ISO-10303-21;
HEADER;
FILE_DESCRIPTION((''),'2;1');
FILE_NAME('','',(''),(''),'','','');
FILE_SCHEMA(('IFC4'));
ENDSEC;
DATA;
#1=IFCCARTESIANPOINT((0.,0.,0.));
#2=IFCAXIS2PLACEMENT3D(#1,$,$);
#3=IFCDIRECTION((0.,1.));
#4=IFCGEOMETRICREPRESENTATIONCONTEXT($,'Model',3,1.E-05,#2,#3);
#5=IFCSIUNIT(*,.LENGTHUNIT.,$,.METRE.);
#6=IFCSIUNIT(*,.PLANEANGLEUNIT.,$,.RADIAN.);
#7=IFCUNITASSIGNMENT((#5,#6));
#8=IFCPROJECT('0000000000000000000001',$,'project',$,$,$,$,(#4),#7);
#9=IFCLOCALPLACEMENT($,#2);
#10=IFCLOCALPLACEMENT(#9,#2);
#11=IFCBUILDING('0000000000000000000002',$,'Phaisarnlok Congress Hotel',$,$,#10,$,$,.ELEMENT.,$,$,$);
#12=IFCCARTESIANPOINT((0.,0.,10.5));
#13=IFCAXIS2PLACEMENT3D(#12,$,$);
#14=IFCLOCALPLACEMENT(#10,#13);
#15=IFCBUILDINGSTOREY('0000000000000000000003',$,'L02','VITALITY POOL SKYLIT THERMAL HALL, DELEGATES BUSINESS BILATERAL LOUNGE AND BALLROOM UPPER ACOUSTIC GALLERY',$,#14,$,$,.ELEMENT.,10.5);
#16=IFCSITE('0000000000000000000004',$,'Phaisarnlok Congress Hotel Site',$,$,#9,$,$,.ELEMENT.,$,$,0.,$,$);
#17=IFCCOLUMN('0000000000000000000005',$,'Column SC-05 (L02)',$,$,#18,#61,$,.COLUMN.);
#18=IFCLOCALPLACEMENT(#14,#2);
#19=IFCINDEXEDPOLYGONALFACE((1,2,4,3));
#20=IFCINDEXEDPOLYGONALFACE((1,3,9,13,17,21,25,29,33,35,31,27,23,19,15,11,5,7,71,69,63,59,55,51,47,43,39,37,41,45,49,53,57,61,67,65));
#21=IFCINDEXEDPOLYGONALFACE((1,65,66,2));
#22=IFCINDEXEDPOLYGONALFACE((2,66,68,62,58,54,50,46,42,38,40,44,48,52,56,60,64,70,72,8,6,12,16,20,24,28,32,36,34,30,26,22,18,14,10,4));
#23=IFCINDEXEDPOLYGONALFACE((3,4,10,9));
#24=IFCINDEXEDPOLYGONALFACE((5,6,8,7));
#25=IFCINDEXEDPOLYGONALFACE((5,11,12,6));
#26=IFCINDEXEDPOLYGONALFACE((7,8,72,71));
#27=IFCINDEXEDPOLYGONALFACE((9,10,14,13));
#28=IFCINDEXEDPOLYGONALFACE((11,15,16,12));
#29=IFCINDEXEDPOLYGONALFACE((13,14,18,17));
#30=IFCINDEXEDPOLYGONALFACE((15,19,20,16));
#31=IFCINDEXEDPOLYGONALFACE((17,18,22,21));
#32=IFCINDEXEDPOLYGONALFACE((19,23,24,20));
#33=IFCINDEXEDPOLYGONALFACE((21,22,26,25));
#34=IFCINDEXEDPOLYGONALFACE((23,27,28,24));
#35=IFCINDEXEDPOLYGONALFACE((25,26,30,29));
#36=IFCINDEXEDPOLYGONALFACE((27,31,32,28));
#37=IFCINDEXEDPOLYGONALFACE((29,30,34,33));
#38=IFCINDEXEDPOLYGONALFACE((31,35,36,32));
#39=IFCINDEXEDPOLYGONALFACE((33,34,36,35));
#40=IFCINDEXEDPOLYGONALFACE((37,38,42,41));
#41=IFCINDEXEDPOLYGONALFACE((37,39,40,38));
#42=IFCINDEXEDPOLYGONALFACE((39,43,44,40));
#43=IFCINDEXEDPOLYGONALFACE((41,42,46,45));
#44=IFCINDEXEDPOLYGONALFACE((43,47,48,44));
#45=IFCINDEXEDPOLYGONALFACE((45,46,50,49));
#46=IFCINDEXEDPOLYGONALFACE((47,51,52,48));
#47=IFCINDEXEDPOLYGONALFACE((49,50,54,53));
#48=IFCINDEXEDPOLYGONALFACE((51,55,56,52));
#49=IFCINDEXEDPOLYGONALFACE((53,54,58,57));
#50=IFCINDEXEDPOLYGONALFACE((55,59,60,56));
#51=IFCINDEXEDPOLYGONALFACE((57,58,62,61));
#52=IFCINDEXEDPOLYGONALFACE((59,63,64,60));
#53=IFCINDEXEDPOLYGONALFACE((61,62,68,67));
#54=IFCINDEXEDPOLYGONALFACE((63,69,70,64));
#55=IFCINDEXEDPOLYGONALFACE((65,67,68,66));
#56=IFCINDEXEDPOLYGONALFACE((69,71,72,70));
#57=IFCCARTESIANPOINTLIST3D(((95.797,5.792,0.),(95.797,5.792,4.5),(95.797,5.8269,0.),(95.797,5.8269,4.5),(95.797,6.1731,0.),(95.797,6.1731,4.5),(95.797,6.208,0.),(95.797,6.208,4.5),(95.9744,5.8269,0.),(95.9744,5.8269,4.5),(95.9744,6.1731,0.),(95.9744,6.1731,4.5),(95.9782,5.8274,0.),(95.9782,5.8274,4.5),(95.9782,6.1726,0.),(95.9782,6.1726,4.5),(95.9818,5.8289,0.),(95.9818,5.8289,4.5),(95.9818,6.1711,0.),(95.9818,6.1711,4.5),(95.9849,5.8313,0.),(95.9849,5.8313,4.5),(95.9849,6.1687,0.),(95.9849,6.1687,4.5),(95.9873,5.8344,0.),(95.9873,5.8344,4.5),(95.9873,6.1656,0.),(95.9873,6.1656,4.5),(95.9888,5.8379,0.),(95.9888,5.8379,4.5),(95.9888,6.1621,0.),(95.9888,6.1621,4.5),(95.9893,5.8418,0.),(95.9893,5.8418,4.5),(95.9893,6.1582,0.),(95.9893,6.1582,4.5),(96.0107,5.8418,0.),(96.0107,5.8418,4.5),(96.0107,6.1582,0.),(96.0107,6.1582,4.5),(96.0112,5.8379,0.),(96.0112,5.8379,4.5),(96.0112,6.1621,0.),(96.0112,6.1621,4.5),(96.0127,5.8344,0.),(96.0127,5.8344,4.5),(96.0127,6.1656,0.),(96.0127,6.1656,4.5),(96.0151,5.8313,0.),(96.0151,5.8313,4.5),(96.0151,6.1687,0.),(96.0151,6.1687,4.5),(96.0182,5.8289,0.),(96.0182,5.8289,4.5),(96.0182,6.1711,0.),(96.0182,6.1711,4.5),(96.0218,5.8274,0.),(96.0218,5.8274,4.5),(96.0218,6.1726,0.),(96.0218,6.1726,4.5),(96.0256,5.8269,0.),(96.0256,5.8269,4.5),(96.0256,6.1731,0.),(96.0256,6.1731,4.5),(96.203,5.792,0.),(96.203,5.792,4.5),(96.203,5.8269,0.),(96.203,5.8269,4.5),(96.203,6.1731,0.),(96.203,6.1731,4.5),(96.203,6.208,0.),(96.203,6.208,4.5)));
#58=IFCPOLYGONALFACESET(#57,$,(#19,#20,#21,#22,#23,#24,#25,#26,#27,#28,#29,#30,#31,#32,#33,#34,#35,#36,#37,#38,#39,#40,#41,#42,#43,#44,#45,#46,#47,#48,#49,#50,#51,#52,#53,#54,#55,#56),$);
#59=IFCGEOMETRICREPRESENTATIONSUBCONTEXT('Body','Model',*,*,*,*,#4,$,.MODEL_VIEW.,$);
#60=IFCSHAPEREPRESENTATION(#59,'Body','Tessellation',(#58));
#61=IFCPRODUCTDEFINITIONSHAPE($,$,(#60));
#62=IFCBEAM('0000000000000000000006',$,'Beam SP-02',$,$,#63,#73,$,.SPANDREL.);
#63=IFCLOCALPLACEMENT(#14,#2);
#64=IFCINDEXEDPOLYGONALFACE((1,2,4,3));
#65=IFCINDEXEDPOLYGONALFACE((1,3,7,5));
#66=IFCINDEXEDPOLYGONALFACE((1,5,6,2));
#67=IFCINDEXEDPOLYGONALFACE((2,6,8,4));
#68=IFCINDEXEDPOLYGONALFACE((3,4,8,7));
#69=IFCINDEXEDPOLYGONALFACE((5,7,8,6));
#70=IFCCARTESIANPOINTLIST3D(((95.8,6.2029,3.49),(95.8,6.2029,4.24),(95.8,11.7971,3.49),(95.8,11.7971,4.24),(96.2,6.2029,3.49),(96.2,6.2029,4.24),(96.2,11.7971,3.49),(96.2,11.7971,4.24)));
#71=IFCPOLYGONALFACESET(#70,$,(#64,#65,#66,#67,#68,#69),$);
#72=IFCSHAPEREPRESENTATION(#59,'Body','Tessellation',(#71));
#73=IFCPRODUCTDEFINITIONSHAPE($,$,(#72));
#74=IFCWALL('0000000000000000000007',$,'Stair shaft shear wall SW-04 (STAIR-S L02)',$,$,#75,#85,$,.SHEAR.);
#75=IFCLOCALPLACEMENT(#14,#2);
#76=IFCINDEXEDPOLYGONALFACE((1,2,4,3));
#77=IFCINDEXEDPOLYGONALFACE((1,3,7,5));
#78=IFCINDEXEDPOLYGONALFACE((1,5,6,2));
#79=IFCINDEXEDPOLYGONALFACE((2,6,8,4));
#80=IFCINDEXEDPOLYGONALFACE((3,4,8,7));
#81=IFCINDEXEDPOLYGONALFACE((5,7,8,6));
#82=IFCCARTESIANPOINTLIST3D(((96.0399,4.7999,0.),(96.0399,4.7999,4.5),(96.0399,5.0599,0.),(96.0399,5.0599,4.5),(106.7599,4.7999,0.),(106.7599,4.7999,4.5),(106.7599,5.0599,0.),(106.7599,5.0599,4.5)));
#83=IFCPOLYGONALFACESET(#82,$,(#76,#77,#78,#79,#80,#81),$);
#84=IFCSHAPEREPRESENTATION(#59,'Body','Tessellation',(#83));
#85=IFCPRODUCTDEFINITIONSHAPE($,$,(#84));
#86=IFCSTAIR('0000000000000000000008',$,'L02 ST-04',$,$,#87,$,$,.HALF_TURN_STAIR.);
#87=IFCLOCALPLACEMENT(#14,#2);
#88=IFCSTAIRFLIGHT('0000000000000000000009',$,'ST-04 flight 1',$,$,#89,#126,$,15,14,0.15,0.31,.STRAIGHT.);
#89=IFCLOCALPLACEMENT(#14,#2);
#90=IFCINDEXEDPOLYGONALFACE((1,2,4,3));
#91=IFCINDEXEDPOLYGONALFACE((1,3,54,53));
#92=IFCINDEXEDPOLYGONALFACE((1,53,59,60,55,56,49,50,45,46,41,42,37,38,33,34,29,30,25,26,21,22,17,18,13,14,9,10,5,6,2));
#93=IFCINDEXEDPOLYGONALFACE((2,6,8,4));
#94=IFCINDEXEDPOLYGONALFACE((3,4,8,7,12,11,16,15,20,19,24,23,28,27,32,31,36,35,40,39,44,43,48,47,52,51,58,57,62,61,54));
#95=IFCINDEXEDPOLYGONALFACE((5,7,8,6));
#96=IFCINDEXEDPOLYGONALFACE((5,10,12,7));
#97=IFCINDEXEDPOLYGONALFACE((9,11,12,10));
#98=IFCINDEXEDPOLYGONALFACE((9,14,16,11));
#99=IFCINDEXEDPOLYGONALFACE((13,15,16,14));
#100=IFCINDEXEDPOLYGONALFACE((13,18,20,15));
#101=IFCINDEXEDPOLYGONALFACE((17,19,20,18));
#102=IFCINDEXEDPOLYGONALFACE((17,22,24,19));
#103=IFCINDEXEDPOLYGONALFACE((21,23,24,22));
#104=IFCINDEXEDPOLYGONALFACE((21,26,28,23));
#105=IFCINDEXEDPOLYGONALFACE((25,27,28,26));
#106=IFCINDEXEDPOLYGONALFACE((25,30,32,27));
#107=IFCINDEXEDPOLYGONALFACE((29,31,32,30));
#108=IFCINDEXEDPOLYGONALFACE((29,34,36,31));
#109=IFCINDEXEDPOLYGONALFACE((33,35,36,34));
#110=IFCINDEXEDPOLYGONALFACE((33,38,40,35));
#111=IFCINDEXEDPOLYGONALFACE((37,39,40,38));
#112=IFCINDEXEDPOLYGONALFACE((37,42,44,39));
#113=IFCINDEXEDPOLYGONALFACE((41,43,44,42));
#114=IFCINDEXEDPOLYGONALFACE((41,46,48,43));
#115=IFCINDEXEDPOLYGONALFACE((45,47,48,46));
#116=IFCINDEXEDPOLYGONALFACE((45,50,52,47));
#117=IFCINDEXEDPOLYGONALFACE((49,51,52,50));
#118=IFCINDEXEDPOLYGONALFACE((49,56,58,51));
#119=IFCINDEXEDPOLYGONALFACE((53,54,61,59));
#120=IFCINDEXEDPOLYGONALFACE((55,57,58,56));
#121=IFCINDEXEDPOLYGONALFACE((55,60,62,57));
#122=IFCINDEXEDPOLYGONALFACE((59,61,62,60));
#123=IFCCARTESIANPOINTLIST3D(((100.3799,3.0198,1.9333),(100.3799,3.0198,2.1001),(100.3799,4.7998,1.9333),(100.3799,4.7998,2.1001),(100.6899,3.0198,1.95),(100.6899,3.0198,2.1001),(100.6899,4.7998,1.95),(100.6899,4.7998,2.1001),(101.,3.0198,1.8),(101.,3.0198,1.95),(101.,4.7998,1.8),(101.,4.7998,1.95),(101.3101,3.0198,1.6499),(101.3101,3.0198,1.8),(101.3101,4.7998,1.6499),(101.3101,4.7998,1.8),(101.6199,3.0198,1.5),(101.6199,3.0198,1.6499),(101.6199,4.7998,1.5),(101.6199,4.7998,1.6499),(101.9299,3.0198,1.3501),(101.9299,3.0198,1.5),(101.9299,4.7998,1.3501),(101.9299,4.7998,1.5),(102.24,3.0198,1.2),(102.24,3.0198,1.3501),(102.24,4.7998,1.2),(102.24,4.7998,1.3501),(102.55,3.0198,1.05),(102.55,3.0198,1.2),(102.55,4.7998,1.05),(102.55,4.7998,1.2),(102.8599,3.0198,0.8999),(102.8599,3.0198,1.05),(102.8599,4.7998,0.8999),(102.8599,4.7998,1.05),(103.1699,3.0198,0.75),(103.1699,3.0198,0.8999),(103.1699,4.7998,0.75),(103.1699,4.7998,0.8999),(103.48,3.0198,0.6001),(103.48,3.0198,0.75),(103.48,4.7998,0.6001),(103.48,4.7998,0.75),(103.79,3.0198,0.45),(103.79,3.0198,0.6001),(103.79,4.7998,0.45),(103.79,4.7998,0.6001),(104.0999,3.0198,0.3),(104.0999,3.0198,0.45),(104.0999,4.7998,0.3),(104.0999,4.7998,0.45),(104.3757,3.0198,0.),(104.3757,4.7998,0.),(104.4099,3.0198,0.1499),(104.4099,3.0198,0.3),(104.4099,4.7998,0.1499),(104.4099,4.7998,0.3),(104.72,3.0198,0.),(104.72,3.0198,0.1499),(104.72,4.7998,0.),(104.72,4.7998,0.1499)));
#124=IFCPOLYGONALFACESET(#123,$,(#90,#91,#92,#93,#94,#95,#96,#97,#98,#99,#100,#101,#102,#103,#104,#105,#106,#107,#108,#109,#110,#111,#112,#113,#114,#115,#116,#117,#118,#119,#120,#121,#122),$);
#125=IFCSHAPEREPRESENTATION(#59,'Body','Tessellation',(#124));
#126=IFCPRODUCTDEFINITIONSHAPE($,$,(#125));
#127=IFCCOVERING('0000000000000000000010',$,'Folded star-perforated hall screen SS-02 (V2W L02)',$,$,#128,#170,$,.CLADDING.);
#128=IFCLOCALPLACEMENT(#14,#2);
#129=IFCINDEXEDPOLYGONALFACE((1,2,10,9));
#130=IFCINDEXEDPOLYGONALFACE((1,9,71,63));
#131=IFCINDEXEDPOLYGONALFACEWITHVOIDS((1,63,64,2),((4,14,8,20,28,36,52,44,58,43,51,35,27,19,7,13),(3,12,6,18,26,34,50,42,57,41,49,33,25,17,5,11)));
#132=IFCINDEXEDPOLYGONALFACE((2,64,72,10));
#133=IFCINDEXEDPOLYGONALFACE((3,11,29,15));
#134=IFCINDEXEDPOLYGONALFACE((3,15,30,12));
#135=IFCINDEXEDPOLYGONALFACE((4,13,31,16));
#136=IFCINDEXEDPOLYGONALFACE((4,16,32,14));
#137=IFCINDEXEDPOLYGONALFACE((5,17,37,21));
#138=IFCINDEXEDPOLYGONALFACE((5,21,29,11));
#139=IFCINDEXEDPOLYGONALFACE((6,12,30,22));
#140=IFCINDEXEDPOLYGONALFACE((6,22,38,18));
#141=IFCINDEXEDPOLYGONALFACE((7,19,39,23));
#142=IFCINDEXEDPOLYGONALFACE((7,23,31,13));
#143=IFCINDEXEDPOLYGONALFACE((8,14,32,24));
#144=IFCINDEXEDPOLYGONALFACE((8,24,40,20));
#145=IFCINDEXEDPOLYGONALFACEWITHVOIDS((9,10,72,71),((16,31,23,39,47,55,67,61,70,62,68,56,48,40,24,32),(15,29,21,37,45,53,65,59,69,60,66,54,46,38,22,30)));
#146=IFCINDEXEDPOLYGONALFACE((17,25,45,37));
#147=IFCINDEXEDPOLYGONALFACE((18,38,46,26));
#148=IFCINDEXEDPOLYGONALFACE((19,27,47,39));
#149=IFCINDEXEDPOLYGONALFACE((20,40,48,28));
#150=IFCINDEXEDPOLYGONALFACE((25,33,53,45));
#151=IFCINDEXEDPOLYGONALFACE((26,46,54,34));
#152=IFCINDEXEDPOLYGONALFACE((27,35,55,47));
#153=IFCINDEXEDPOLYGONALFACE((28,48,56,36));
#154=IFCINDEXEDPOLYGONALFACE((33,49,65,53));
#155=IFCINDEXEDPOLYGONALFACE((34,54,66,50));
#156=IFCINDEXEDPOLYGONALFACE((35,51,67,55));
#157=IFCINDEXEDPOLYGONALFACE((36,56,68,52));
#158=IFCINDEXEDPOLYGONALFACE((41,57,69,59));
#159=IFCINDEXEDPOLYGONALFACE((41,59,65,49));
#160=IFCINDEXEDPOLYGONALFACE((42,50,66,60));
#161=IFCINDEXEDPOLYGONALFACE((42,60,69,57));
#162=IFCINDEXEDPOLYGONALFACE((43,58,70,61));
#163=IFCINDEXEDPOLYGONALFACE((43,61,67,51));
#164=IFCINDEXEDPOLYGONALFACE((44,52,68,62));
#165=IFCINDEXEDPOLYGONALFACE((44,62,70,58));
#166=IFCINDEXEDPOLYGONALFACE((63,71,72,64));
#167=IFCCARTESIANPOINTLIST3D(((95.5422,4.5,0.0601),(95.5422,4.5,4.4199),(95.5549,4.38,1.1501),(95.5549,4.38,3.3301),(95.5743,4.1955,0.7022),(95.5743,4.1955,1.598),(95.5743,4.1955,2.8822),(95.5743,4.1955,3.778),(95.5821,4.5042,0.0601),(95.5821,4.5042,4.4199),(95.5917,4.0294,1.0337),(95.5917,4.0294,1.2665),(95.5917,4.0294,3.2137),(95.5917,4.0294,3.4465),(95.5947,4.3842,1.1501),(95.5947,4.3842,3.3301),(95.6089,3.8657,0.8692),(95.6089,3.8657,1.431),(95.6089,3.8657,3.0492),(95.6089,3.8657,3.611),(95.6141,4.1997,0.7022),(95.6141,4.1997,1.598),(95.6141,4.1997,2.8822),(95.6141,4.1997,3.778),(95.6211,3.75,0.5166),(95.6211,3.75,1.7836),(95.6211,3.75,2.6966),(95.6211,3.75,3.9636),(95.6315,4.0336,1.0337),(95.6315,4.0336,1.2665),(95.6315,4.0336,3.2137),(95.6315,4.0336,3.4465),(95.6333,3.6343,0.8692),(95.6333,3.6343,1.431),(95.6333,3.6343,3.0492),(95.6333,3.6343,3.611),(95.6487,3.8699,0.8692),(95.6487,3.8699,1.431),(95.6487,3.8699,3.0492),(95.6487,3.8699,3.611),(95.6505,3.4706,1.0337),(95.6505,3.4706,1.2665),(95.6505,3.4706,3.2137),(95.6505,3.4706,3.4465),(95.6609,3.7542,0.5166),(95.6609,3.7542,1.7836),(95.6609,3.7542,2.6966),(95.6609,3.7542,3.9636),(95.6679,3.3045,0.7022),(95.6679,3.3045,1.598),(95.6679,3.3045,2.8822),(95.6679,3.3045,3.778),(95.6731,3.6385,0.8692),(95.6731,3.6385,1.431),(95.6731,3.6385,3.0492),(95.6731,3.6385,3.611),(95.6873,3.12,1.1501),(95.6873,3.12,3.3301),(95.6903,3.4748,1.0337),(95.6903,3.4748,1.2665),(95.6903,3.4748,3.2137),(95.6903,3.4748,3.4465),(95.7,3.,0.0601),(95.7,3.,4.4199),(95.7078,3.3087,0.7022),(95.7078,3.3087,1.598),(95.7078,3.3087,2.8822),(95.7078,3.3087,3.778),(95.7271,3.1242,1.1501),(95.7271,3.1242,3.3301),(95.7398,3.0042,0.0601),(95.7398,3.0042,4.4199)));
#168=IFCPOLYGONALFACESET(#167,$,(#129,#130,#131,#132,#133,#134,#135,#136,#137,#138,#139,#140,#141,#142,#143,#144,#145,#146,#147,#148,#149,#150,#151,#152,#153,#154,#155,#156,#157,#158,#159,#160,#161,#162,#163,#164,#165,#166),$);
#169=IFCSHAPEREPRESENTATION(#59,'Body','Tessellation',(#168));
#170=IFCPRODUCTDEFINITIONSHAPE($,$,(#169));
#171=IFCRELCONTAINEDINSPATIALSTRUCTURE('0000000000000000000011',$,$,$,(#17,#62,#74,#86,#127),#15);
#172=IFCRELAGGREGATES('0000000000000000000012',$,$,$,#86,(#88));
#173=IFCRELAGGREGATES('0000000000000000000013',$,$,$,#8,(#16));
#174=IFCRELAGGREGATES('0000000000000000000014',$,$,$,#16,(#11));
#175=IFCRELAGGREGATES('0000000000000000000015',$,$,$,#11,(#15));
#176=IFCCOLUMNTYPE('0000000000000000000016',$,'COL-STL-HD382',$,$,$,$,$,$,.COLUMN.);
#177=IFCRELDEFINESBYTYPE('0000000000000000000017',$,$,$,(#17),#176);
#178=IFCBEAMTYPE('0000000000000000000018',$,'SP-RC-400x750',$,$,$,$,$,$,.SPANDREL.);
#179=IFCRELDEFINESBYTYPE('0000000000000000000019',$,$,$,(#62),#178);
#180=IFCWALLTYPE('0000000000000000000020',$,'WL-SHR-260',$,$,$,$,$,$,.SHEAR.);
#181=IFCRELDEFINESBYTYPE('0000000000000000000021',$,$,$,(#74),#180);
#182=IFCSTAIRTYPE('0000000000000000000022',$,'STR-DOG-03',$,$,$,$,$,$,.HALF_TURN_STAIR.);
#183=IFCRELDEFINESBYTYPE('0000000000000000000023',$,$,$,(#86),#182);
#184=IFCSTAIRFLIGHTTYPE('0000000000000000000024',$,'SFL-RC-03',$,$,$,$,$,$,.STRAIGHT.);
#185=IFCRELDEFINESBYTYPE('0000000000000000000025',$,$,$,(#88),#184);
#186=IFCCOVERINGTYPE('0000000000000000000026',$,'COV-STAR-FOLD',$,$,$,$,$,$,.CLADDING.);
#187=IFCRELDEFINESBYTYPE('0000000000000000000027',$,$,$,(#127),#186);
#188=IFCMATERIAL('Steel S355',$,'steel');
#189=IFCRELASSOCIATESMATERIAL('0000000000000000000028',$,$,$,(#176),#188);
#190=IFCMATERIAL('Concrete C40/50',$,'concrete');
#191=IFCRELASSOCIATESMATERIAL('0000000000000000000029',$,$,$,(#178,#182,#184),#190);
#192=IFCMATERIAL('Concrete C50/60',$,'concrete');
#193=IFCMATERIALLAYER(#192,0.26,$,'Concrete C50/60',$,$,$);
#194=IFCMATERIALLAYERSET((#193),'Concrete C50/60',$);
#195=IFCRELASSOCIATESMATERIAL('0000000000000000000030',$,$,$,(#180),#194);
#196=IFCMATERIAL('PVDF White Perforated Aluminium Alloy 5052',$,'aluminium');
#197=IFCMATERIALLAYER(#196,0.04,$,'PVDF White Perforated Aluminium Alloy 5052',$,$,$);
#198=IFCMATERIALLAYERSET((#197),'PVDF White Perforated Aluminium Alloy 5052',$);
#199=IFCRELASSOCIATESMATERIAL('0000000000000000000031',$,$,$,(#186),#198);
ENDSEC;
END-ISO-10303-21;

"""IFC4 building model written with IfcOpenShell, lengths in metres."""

from ifc_helpers import new_model, si_unit, direction, frame, frame_2d, origin, origin_2d, place, context, subcontext, project, spatial, polyline, rectangle, i_section, outline, extrude, material, layer, layer_set, material_profile, profile_set, type_object, element, aggregate, save


model = new_model("IFC4")

# Units and contexts
model_context = context("Model", 3, precision=1e-05, world=origin(), true_north=direction((0.0, 1.0)))
body_context = subcontext(model_context, "Body", "Model", "MODEL_VIEW")
ifc_project = project(units=[si_unit("LENGTHUNIT", "METRE"), si_unit("PLANEANGLEUNIT", "RADIAN")], contexts=[model_context])

# Site, building, storey
site_placement = place(None, origin())
site = spatial("IfcSite", under=ifc_project, at=site_placement, Name="Phaisarnlok Congress Hotel Site", CompositionType="ELEMENT", RefElevation=0.0)
building_placement = place(site_placement, origin())
building = spatial("IfcBuilding", under=site, at=building_placement, Name="Phaisarnlok Congress Hotel", CompositionType="ELEMENT")
storey_placement = place(building_placement, frame((0.0, 0.0, 10.5)))
storey = spatial("IfcBuildingStorey", under=building, at=storey_placement, Name="L02", Description="VITALITY POOL SKYLIT THERMAL HALL, DELEGATES BUSINESS BILATERAL LOUNGE AND BALLROOM UPPER ACOUSTIC GALLERY", CompositionType="ELEMENT", Elevation=10.5)

# Column
ifc_material_1 = material(Name="Steel S355", Category="steel")
ifc_material_profile_1 = material_profile(ifc_material_1, i_section(OverallWidth=0.406, OverallDepth=0.416, WebThickness=0.0215, FlangeThickness=0.0349, FilletRadius=0.0149, at=origin_2d()), Name="HD 400x382")
ifc_profile_set_1 = profile_set([ifc_material_profile_1], Name="Steel S355")
column_type = type_object("IfcColumnType", Name="COL-STL-HD382", PredefinedType="COLUMN", material=ifc_profile_set_1)
column_placement = place(storey_placement, frame((96.0, 6.0, 0.0), z_axis=(0.0, 0.0, 1.0), x_axis=(1.0, 0.0, 0.0)))
element("IfcColumn", 1, at=column_placement, inside=storey, type_object=column_type, Name="Column SC-05 (L02)", PredefinedType="COLUMN", context=body_context, shape_type="SweptSolid", body=[
    extrude(i_section(OverallWidth=0.406, OverallDepth=0.416, WebThickness=0.0215, FlangeThickness=0.0349, FilletRadius=0.0149, at=origin_2d()), origin(), (0.0, 0.0, 1.0), 4.5),
])

# Beam
ifc_material_2 = material(Name="Concrete C40/50", Category="concrete")
ifc_material_profile_2 = material_profile(ifc_material_2, rectangle(XDim=0.3999, YDim=0.75, at=origin_2d()), Name="RC 400x750")
ifc_profile_set_2 = profile_set([ifc_material_profile_2], Name="Concrete C40/50")
beam_type = type_object("IfcBeamType", Name="SP-RC-400x750", PredefinedType="SPANDREL", material=ifc_profile_set_2)
beam_placement = place(storey_placement, frame((96.0, 6.2029, 3.865), z_axis=(0.0, 1.0, 0.0), x_axis=(-1.0, 0.0, 0.0)))
element("IfcBeam", 2, at=beam_placement, inside=storey, type_object=beam_type, Name="Beam SP-02", PredefinedType="SPANDREL", context=body_context, shape_type="SweptSolid", body=[
    extrude(rectangle(XDim=0.3999, YDim=0.75, at=origin_2d()), origin(), (0.0, 0.0, 1.0), 5.5942),
])

# Wall
ifc_material_3 = material(Name="Concrete C50/60", Category="concrete")
ifc_layer_1 = layer(ifc_material_3, 0.26, Name="Concrete C50/60")
ifc_layer_set_1 = layer_set([ifc_layer_1], Name="Concrete C50/60")
wall_type = type_object("IfcWallType", Name="WL-SHR-260", PredefinedType="SHEAR", material=ifc_layer_set_1)
wall_placement = place(storey_placement, frame((96.04, 4.9299, 0.0), z_axis=(0.0, 0.0, 1.0), x_axis=(1.0, 0.0, 0.0)))
element("IfcWall", 3, at=wall_placement, inside=storey, type_object=wall_type, Name="Stair shaft shear wall SW-04 (STAIR-S L02)", PredefinedType="SHEAR", context=body_context, shape_type="SweptSolid", body=[
    extrude(rectangle(XDim=10.72, YDim=0.26, at=frame_2d((5.3599, 0.0))), origin(), (0.0, 0.0, 1.0), 4.5),
])

# Stair, stair flight
stair_type = type_object("IfcStairType", Name="STR-DOG-03", PredefinedType="HALF_TURN_STAIR", material=ifc_material_2)
stair_placement = place(storey_placement, origin())
stair = element("IfcStair", 4, at=stair_placement, inside=storey, type_object=stair_type, Name="L02 ST-04", PredefinedType="HALF_TURN_STAIR")
stair_flight_type = type_object("IfcStairFlightType", Name="SFL-RC-03", PredefinedType="STRAIGHT", material=ifc_material_2)
stair_flight_placement = place(storey_placement, frame((104.72, 3.9099, 0.0), z_axis=(0.0, 0.0, 1.0), x_axis=(-1.0, 0.0, 0.0)))
stair_flight = element("IfcStairFlight", 5, at=stair_flight_placement, type_object=stair_flight_type, Name="ST-04 flight 1", NumberOfRisers=15, NumberOfTreads=14, PredefinedType="STRAIGHT", RiserHeight=0.15, TreadLength=0.31, context=body_context, shape_type="SweptSolid", body=[
    extrude(outline(polyline([(0.0, 0.0), (0.0, 0.1499), (0.3101, 0.1499), (0.3101, 0.3), (0.6201, 0.3), (0.6201, 0.45), (0.9299, 0.45), (0.9299, 0.6001), (1.24, 0.6001), (1.24, 0.75), (1.55, 0.75), (1.55, 0.8999), (1.8601, 0.8999), (1.8601, 1.05), (2.1699, 1.05), (2.1699, 1.2), (2.48, 1.2), (2.48, 1.3501), (2.79, 1.3501), (2.79, 1.5), (3.1001, 1.5), (3.1001, 1.6499), (3.4099, 1.6499), (3.4099, 1.8), (3.72, 1.8), (3.72, 1.95), (4.03, 1.95), (4.03, 2.1001), (4.3401, 2.1001), (4.3401, 2.25), (4.3401, 1.9333), (0.3442, 0.0), (0.0, 0.0)])), frame((0.0, 0.8901, 0.0), z_axis=(0.0, -1.0, 0.0), x_axis=(1.0, 0.0, 0.0)), (0.0, 0.0, 1.0), 1.78),
])
aggregate(stair, [stair_flight])

# Covering
ifc_material_4 = material(Name="PVDF White Perforated Aluminium Alloy 5052", Category="aluminium")
ifc_layer_2 = layer(ifc_material_4, 0.04, Name="PVDF White Perforated Aluminium Alloy 5052")
ifc_layer_set_2 = layer_set([ifc_layer_2], Name="PVDF White Perforated Aluminium Alloy 5052")
covering_type = type_object("IfcCoveringType", Name="COV-STAR-FOLD", PredefinedType="CLADDING", material=ifc_layer_set_2)
for number, where, z_axis, x_axis, name in (
    (6, (95.7, 3.0, 0.0601), (0.994518, 0.104567, 0.0), (-0.104567, 0.994518, 0.0), "Folded star-perforated hall screen SS-02 (V2W L02)"),
):
    element("IfcCovering", number, at=place(storey_placement, frame(where, z_axis=z_axis, x_axis=x_axis)), inside=storey, type_object=covering_type, Name=name, PredefinedType="CLADDING", context=body_context, shape_type="SweptSolid", body=[
        extrude(outline(polyline([(0.0, 0.0), (1.5083, 0.0), (1.5083, 4.3599), (0.0, 4.3599), (0.0, 0.0)]), holes=[polyline([(1.0351, 0.9736), (1.2021, 0.6421), (0.8705, 0.8091), (0.7541, 0.4565), (0.6378, 0.8091), (0.3062, 0.6421), (0.4732, 0.9736), (0.1207, 1.09), (0.4732, 1.2064), (0.3062, 1.5379), (0.6378, 1.3709), (0.7541, 1.7235), (0.8705, 1.3709), (1.2021, 1.5379), (1.0351, 1.2064), (1.3876, 1.09), (1.0351, 0.9736)]), polyline([(1.0351, 3.1536), (1.2021, 2.8221), (0.8705, 2.9891), (0.7541, 2.6365), (0.6378, 2.9891), (0.3062, 2.8221), (0.4732, 3.1536), (0.1207, 3.27), (0.4732, 3.3864), (0.3062, 3.7179), (0.6378, 3.5509), (0.7541, 3.9035), (0.8705, 3.5509), (1.2021, 3.7179), (1.0351, 3.3864), (1.3876, 3.27), (1.0351, 3.1536)])]), origin(), (0.0, 0.0, 1.0), 0.04),
    ])

save(model, "model.ifc")
